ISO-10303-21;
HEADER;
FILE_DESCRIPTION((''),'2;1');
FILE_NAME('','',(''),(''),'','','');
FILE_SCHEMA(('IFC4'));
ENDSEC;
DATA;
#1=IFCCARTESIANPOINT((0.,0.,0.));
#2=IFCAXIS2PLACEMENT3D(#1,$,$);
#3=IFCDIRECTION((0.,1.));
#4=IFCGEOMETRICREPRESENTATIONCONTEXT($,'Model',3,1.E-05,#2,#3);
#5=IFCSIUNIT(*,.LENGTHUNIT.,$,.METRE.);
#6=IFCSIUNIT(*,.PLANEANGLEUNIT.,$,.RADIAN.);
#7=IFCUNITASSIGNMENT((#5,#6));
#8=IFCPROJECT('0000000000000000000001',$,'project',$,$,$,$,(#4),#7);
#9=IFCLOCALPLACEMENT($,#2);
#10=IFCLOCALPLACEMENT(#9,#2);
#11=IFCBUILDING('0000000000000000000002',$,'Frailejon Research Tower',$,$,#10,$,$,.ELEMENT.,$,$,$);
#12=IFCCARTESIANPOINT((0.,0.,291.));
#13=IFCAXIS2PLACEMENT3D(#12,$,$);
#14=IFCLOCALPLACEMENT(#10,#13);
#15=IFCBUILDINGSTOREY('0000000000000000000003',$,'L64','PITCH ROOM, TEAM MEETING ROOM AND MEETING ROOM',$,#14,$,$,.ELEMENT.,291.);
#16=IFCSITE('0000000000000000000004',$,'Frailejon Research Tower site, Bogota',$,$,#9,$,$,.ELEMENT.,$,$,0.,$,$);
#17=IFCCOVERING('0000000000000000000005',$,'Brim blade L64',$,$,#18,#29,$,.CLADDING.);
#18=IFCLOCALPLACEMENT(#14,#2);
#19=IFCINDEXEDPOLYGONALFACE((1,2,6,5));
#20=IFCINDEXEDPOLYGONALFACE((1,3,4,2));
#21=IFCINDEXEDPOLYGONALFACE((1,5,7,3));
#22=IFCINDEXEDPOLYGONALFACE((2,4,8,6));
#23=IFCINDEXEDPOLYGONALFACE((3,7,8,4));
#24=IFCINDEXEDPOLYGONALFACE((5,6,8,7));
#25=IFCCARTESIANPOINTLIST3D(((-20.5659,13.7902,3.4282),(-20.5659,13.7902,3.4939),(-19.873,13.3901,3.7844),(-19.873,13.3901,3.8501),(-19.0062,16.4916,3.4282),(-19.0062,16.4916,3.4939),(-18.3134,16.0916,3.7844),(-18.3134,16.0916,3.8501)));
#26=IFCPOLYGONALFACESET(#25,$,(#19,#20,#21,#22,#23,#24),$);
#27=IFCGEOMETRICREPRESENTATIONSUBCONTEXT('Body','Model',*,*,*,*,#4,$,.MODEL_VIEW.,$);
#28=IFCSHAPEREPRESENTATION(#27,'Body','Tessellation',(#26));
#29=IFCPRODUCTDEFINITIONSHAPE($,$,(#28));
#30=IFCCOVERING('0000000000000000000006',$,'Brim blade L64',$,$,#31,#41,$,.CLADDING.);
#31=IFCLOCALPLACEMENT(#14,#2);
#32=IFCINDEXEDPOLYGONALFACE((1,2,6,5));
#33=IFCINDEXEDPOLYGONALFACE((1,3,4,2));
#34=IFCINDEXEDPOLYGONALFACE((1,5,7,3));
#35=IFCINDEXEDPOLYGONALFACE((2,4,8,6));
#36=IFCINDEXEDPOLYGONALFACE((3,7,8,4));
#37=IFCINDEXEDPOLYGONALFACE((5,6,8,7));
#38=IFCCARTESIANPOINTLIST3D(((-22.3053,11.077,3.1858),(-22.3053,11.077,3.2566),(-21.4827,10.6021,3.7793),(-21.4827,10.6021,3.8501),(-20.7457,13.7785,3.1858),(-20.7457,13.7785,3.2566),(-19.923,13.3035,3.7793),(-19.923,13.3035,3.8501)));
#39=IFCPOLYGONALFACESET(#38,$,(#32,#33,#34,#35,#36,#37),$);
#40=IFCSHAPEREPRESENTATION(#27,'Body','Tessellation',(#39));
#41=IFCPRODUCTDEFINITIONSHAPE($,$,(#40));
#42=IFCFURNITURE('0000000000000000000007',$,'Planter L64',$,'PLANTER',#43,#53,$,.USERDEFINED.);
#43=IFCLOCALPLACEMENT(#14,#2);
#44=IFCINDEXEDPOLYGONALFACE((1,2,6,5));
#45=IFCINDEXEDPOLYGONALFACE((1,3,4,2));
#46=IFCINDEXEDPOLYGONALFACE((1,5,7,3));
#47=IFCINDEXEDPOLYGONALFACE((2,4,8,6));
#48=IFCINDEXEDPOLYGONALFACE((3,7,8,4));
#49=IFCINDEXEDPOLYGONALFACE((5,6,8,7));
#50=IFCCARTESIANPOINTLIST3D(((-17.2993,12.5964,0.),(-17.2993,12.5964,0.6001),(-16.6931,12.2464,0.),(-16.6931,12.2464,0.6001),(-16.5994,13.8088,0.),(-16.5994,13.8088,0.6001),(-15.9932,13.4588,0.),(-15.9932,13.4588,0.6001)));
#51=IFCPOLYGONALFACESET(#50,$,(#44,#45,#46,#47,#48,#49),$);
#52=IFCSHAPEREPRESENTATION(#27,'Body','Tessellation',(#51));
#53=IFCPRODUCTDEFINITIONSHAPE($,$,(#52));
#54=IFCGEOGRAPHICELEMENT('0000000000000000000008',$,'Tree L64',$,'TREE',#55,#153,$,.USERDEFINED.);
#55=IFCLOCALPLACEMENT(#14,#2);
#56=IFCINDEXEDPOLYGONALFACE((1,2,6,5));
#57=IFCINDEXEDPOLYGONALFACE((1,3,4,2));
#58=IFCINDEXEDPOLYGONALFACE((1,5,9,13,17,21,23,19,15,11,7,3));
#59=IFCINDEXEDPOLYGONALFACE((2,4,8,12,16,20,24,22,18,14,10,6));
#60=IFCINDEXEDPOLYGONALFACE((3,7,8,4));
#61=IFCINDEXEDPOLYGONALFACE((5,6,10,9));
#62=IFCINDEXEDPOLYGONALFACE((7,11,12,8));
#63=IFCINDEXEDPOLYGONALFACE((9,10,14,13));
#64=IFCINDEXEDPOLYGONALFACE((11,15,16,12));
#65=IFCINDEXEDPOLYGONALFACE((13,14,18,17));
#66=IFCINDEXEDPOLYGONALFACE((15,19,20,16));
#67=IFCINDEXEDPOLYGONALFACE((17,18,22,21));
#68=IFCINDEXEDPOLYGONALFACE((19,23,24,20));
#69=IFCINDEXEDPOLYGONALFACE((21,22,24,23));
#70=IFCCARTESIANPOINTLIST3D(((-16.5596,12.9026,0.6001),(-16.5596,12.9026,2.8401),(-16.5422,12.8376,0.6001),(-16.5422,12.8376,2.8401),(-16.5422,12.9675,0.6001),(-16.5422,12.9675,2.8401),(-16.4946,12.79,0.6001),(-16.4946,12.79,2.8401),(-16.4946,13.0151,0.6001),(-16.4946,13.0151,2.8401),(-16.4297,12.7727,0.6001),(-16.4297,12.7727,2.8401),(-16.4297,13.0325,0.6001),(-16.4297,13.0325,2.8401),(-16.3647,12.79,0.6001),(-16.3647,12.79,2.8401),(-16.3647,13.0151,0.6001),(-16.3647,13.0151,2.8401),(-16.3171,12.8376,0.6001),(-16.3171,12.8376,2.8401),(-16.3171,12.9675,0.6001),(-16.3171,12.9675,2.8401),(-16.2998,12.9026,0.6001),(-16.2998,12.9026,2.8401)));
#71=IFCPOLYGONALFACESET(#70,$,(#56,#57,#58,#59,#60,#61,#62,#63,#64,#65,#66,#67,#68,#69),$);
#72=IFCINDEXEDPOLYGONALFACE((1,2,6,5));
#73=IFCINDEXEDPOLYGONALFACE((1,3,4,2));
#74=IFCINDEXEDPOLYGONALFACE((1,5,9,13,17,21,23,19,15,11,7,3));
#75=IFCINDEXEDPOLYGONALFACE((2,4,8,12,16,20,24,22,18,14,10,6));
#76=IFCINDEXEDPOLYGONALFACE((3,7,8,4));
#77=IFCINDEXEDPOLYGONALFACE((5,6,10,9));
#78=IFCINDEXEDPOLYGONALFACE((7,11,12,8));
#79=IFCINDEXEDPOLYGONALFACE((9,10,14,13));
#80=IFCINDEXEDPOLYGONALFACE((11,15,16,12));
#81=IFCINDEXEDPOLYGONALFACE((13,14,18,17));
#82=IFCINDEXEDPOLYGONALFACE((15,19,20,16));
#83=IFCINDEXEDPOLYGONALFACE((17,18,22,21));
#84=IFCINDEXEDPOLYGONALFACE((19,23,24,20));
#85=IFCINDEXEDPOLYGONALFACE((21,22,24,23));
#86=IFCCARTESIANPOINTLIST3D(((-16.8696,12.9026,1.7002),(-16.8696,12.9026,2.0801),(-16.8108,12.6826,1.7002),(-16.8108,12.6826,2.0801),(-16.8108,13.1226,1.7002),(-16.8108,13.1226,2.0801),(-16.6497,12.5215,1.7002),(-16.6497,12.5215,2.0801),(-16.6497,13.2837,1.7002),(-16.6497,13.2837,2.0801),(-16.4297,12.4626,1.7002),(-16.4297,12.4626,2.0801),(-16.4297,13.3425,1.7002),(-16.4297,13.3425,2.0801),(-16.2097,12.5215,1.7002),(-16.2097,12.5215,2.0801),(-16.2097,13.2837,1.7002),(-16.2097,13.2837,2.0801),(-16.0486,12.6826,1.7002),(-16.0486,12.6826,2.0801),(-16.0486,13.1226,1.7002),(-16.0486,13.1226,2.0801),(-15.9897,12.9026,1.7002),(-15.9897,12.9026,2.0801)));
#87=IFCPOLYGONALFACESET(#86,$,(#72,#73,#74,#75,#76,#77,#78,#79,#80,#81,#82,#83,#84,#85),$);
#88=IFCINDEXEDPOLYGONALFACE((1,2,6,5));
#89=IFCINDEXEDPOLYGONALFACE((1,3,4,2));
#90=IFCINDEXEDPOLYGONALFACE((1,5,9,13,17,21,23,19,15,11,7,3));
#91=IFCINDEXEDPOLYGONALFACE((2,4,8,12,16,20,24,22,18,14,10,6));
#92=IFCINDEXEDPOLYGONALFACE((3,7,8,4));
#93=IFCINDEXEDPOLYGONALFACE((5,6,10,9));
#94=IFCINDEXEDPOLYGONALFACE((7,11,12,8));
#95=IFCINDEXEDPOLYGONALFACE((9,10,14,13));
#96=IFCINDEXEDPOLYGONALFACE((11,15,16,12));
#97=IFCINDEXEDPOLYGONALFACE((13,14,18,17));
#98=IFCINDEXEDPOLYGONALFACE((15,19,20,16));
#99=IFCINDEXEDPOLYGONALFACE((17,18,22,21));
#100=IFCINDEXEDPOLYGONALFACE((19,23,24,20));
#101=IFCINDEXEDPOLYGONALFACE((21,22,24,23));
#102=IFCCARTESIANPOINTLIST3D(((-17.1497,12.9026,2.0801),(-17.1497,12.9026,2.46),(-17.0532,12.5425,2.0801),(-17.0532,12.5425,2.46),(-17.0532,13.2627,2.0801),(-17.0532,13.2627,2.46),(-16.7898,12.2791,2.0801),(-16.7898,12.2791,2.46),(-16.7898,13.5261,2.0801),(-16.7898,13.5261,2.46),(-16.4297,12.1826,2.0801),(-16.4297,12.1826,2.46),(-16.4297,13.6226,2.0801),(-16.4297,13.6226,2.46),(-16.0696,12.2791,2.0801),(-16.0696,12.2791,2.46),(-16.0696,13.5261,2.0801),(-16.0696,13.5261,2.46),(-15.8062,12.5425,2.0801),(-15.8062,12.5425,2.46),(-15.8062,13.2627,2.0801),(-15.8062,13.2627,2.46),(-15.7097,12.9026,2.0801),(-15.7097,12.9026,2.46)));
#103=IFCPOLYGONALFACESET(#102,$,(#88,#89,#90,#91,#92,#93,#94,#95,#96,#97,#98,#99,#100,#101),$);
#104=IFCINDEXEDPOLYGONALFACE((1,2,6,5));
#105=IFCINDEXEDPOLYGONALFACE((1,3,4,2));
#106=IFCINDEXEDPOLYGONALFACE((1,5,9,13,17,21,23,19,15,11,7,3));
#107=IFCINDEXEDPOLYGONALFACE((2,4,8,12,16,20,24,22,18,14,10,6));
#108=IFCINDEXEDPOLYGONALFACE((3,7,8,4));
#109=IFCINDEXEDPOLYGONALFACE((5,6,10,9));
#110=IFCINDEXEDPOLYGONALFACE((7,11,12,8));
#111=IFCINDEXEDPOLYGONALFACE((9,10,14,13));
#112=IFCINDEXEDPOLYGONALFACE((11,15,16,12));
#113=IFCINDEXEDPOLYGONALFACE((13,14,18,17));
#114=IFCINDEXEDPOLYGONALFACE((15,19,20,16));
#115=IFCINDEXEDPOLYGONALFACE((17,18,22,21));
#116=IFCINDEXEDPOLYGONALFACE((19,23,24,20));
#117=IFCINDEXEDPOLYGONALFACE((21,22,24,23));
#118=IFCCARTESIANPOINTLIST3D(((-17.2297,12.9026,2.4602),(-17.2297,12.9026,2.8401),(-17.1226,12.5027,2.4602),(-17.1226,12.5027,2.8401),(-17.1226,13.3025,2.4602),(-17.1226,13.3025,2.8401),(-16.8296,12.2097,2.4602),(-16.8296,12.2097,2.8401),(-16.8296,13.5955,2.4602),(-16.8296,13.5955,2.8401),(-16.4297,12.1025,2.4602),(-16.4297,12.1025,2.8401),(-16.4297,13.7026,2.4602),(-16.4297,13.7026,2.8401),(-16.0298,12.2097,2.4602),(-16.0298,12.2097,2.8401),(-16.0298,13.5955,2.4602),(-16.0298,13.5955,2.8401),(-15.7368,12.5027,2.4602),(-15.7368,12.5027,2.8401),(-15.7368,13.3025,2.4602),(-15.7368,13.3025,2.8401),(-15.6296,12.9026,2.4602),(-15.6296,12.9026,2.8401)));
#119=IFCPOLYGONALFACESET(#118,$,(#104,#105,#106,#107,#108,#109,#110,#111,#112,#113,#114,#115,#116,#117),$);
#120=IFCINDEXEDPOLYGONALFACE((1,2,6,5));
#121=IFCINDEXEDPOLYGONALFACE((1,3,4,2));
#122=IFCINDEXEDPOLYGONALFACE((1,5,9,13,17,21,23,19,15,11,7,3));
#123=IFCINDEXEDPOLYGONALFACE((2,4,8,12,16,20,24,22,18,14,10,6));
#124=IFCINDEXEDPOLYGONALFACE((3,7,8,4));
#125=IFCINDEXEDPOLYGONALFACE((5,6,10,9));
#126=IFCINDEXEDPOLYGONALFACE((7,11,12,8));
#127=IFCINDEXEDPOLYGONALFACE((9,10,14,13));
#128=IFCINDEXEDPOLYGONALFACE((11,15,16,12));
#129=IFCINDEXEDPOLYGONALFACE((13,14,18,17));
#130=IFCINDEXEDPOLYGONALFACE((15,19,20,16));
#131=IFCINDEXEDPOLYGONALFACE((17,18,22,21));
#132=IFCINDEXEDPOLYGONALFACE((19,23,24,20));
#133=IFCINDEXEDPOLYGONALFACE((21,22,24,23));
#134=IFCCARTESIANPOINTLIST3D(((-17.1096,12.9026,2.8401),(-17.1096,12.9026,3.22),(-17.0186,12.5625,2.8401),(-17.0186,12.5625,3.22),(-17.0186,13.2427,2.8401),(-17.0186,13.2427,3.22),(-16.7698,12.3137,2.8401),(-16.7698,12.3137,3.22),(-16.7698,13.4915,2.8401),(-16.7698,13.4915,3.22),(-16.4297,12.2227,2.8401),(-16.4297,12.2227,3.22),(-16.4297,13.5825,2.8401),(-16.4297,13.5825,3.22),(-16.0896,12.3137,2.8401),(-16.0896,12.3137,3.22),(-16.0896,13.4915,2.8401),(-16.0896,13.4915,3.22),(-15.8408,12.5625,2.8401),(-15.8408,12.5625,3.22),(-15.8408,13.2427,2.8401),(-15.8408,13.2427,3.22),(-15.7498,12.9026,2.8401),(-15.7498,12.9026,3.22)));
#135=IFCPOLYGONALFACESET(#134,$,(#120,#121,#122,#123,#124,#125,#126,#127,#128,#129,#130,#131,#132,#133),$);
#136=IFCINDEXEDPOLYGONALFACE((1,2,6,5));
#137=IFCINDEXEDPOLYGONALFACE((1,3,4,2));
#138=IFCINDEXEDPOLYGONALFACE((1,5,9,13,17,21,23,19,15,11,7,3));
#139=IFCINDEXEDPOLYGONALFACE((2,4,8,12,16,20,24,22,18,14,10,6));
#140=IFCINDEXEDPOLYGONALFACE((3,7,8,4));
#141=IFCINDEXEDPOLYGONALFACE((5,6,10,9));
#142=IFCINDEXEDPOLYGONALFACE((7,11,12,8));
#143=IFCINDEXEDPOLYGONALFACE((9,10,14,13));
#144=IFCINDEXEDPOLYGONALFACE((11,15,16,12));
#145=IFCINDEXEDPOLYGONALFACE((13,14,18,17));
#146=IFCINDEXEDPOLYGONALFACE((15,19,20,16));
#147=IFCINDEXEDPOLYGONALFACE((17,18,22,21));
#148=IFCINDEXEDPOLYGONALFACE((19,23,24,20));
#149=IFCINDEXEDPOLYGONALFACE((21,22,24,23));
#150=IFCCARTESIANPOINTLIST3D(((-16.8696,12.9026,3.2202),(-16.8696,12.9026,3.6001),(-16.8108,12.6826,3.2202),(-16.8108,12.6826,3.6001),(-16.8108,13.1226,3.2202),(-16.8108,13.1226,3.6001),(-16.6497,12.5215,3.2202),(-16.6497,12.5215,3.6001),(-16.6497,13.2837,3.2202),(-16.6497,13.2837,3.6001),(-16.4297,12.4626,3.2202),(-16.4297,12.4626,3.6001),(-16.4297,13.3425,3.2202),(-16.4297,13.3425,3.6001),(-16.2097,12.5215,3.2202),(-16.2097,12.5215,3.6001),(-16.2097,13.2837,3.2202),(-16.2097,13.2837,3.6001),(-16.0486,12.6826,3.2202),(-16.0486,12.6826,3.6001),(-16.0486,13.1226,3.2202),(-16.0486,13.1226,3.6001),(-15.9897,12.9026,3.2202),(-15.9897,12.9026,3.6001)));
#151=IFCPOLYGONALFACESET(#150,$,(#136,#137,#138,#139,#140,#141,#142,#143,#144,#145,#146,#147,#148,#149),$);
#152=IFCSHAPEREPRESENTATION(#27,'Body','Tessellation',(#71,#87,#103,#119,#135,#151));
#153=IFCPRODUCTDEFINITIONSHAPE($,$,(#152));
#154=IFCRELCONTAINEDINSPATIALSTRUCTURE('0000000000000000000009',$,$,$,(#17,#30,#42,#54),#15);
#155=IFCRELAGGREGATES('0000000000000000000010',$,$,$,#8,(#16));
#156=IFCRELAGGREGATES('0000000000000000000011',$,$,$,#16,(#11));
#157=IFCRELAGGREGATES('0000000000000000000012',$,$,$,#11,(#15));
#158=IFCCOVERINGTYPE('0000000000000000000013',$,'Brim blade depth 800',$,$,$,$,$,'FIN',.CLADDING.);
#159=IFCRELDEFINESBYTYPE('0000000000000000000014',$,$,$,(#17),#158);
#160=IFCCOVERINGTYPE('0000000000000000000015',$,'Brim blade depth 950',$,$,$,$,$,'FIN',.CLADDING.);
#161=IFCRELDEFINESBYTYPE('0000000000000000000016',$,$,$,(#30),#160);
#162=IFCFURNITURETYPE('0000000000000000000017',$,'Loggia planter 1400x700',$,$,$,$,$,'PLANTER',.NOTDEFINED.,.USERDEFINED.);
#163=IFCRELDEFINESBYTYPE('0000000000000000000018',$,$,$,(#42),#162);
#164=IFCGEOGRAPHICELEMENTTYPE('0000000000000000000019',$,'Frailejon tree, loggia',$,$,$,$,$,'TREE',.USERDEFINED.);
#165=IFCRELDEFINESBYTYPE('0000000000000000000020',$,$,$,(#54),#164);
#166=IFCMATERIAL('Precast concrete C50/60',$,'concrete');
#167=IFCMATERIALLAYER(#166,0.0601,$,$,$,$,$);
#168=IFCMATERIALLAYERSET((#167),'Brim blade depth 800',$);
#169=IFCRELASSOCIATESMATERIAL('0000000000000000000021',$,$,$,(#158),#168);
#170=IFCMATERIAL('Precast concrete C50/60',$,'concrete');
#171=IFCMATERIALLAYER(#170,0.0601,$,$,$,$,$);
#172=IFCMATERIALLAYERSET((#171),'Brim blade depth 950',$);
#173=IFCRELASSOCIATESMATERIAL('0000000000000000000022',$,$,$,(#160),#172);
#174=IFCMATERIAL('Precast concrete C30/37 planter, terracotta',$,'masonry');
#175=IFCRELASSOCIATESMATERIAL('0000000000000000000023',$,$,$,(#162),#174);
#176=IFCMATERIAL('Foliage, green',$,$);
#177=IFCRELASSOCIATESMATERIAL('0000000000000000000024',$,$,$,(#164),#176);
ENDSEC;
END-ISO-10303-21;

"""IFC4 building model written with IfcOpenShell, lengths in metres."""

from ifc_helpers import new_model, si_unit, direction, frame, origin, origin_2d, place, context, subcontext, project, spatial, polyline, rectangle, outline, extrude, material, layer, layer_set, type_object, element, save


model = new_model("IFC4")

# Units and contexts
model_context = context("Model", 3, precision=1e-05, world=origin(), true_north=direction((0.0, 1.0)))
body_context = subcontext(model_context, "Body", "Model", "MODEL_VIEW")
ifc_project = project(units=[si_unit("LENGTHUNIT", "METRE"), si_unit("PLANEANGLEUNIT", "RADIAN")], contexts=[model_context])

# Site, building, storey
site_placement = place(None, origin())
site = spatial("IfcSite", under=ifc_project, at=site_placement, Name="Frailejon Research Tower site, Bogota", CompositionType="ELEMENT", RefElevation=0.0)
building_placement = place(site_placement, origin())
building = spatial("IfcBuilding", under=site, at=building_placement, Name="Frailejon Research Tower", CompositionType="ELEMENT")
storey_placement = place(building_placement, frame((0.0, 0.0, 291.0)))
storey = spatial("IfcBuildingStorey", under=building, at=storey_placement, Name="L64", Description="PITCH ROOM, TEAM MEETING ROOM AND MEETING ROOM", CompositionType="ELEMENT", Elevation=291.0)

# Coverings
ifc_material_1 = material(Name="Precast concrete C50/60", Category="concrete")
ifc_layer_1 = layer(ifc_material_1, 0.0601)
ifc_layer_set_1 = layer_set([ifc_layer_1], Name="Brim blade depth 800")
covering_type_1 = type_object("IfcCoveringType", Name="Brim blade depth 800", ElementType="FIN", PredefinedType="CLADDING", material=ifc_layer_set_1)
covering_1_placement = place(storey_placement, frame((-19.873, 13.3901, 3.8501), z_axis=(0.499998, 0.866027, 0.0), x_axis=(-0.866027, 0.499998, 0.0)))
element("IfcCovering", 1, at=covering_1_placement, inside=storey, type_object=covering_type_1, Name="Brim blade L64", PredefinedType="CLADDING", context=body_context, shape_type="SweptSolid", body=[
    extrude(outline(polyline([(0.0, -0.0657), (0.8, -0.4219), (0.8, -0.3562), (0.0, 0.0), (0.0, -0.0657)])), origin(), (0.0, 0.0, 1.0), 3.1194),
])
ifc_material_2 = material(Name="Precast concrete C50/60", Category="concrete")
ifc_layer_2 = layer(ifc_material_2, 0.0601)
ifc_layer_set_2 = layer_set([ifc_layer_2], Name="Brim blade depth 950")
covering_type_2 = type_object("IfcCoveringType", Name="Brim blade depth 950", ElementType="FIN", PredefinedType="CLADDING", material=ifc_layer_set_2)
covering_2_placement = place(storey_placement, frame((-21.4827, 10.6021, 3.8501), z_axis=(0.499998, 0.866027, 0.0), x_axis=(-0.866027, 0.499998, 0.0)))
element("IfcCovering", 2, at=covering_2_placement, inside=storey, type_object=covering_type_2, Name="Brim blade L64", PredefinedType="CLADDING", context=body_context, shape_type="SweptSolid", body=[
    extrude(outline(polyline([(0.0, -0.0708), (0.95, -0.6643), (0.95, -0.5935), (0.0, 0.0), (0.0, -0.0708)])), origin(), (0.0, 0.0, 1.0), 3.1194),
])

# Furniture
ifc_material_3 = material(Name="Precast concrete C30/37 planter, terracotta", Category="masonry")
furniture_type = type_object("IfcFurnitureType", Name="Loggia planter 1400x700", ElementType="PLANTER", AssemblyPlace="NOTDEFINED", PredefinedType="USERDEFINED", material=ifc_material_3)
furniture_placement = place(storey_placement, frame((-16.6462, 13.0276, 0.0), z_axis=(0.0, 0.0, 1.0), x_axis=(-0.5, -0.866025, 0.0)))
element("IfcFurniture", 3, at=furniture_placement, inside=storey, type_object=furniture_type, Name="Planter L64", ObjectType="PLANTER", PredefinedType="USERDEFINED", context=body_context, shape_type="SweptSolid", body=[
    extrude(rectangle(XDim=1.3999, YDim=0.7, at=origin_2d()), origin(), (0.0, 0.0, 1.0), 0.6001),
])

# Geographic element
ifc_material_4 = material(Name="Foliage, green")
geographic_element_type = type_object("IfcGeographicElementType", Name="Frailejon tree, loggia", ElementType="TREE", PredefinedType="USERDEFINED", material=ifc_material_4)
geographic_element_placement = place(storey_placement, frame((-16.4297, 12.9026, 0.6001)))
element("IfcGeographicElement", 4, at=geographic_element_placement, inside=storey, type_object=geographic_element_type, Name="Tree L64", ObjectType="TREE", PredefinedType="USERDEFINED", context=body_context, shape_type="SweptSolid", body=[
    extrude(outline(polyline([(0.1299, 0.0), (0.1125, 0.0649), (0.0649, 0.1125), (0.0, 0.1299), (-0.0649, 0.1125), (-0.1125, 0.0649), (-0.1299, 0.0), (-0.1125, -0.0649), (-0.0649, -0.1125), (0.0, -0.1299), (0.0649, -0.1125), (0.1125, -0.0649), (0.1299, 0.0)])), origin(), (0.0, 0.0, 1.0), 2.24),
    extrude(outline(polyline([(0.4399, 0.0), (0.3811, 0.22), (0.22, 0.3811), (0.0, 0.4399), (-0.22, 0.3811), (-0.3811, 0.22), (-0.4399, 0.0), (-0.3811, -0.22), (-0.22, -0.3811), (0.0, -0.4399), (0.22, -0.3811), (0.3811, -0.22), (0.4399, 0.0)])), frame((0.0, 0.0, 1.1001)), (0.0, 0.0, 1.0), 0.3799),
    extrude(outline(polyline([(0.72, 0.0), (0.6235, 0.3601), (0.3601, 0.6235), (0.0, 0.72), (-0.3601, 0.6235), (-0.6235, 0.3601), (-0.72, 0.0), (-0.6235, -0.3601), (-0.3601, -0.6235), (0.0, -0.72), (0.3601, -0.6235), (0.6235, -0.3601), (0.72, 0.0)])), frame((0.0, 0.0, 1.48)), (0.0, 0.0, 1.0), 0.3799),
    extrude(outline(polyline([(0.8, 0.0), (0.6929, 0.3999), (0.3999, 0.6929), (0.0, 0.8), (-0.3999, 0.6929), (-0.6929, 0.3999), (-0.8, 0.0), (-0.6929, -0.3999), (-0.3999, -0.6929), (0.0, -0.8), (0.3999, -0.6929), (0.6929, -0.3999), (0.8, 0.0)])), frame((0.0, 0.0, 1.8601)), (0.0, 0.0, 1.0), 0.3799),
    extrude(outline(polyline([(0.6799, 0.0), (0.5889, 0.3401), (0.3401, 0.5889), (0.0, 0.6799), (-0.3401, 0.5889), (-0.5889, 0.3401), (-0.6799, 0.0), (-0.5889, -0.3401), (-0.3401, -0.5889), (0.0, -0.6799), (0.3401, -0.5889), (0.5889, -0.3401), (0.6799, 0.0)])), frame((0.0, 0.0, 2.24)), (0.0, 0.0, 1.0), 0.3799),
    extrude(outline(polyline([(0.4399, 0.0), (0.3811, 0.22), (0.22, 0.3811), (0.0, 0.4399), (-0.22, 0.3811), (-0.3811, 0.22), (-0.4399, 0.0), (-0.3811, -0.22), (-0.22, -0.3811), (0.0, -0.4399), (0.22, -0.3811), (0.3811, -0.22), (0.4399, 0.0)])), frame((0.0, 0.0, 2.6201)), (0.0, 0.0, 1.0), 0.3799),
])

save(model, "model.ifc")
